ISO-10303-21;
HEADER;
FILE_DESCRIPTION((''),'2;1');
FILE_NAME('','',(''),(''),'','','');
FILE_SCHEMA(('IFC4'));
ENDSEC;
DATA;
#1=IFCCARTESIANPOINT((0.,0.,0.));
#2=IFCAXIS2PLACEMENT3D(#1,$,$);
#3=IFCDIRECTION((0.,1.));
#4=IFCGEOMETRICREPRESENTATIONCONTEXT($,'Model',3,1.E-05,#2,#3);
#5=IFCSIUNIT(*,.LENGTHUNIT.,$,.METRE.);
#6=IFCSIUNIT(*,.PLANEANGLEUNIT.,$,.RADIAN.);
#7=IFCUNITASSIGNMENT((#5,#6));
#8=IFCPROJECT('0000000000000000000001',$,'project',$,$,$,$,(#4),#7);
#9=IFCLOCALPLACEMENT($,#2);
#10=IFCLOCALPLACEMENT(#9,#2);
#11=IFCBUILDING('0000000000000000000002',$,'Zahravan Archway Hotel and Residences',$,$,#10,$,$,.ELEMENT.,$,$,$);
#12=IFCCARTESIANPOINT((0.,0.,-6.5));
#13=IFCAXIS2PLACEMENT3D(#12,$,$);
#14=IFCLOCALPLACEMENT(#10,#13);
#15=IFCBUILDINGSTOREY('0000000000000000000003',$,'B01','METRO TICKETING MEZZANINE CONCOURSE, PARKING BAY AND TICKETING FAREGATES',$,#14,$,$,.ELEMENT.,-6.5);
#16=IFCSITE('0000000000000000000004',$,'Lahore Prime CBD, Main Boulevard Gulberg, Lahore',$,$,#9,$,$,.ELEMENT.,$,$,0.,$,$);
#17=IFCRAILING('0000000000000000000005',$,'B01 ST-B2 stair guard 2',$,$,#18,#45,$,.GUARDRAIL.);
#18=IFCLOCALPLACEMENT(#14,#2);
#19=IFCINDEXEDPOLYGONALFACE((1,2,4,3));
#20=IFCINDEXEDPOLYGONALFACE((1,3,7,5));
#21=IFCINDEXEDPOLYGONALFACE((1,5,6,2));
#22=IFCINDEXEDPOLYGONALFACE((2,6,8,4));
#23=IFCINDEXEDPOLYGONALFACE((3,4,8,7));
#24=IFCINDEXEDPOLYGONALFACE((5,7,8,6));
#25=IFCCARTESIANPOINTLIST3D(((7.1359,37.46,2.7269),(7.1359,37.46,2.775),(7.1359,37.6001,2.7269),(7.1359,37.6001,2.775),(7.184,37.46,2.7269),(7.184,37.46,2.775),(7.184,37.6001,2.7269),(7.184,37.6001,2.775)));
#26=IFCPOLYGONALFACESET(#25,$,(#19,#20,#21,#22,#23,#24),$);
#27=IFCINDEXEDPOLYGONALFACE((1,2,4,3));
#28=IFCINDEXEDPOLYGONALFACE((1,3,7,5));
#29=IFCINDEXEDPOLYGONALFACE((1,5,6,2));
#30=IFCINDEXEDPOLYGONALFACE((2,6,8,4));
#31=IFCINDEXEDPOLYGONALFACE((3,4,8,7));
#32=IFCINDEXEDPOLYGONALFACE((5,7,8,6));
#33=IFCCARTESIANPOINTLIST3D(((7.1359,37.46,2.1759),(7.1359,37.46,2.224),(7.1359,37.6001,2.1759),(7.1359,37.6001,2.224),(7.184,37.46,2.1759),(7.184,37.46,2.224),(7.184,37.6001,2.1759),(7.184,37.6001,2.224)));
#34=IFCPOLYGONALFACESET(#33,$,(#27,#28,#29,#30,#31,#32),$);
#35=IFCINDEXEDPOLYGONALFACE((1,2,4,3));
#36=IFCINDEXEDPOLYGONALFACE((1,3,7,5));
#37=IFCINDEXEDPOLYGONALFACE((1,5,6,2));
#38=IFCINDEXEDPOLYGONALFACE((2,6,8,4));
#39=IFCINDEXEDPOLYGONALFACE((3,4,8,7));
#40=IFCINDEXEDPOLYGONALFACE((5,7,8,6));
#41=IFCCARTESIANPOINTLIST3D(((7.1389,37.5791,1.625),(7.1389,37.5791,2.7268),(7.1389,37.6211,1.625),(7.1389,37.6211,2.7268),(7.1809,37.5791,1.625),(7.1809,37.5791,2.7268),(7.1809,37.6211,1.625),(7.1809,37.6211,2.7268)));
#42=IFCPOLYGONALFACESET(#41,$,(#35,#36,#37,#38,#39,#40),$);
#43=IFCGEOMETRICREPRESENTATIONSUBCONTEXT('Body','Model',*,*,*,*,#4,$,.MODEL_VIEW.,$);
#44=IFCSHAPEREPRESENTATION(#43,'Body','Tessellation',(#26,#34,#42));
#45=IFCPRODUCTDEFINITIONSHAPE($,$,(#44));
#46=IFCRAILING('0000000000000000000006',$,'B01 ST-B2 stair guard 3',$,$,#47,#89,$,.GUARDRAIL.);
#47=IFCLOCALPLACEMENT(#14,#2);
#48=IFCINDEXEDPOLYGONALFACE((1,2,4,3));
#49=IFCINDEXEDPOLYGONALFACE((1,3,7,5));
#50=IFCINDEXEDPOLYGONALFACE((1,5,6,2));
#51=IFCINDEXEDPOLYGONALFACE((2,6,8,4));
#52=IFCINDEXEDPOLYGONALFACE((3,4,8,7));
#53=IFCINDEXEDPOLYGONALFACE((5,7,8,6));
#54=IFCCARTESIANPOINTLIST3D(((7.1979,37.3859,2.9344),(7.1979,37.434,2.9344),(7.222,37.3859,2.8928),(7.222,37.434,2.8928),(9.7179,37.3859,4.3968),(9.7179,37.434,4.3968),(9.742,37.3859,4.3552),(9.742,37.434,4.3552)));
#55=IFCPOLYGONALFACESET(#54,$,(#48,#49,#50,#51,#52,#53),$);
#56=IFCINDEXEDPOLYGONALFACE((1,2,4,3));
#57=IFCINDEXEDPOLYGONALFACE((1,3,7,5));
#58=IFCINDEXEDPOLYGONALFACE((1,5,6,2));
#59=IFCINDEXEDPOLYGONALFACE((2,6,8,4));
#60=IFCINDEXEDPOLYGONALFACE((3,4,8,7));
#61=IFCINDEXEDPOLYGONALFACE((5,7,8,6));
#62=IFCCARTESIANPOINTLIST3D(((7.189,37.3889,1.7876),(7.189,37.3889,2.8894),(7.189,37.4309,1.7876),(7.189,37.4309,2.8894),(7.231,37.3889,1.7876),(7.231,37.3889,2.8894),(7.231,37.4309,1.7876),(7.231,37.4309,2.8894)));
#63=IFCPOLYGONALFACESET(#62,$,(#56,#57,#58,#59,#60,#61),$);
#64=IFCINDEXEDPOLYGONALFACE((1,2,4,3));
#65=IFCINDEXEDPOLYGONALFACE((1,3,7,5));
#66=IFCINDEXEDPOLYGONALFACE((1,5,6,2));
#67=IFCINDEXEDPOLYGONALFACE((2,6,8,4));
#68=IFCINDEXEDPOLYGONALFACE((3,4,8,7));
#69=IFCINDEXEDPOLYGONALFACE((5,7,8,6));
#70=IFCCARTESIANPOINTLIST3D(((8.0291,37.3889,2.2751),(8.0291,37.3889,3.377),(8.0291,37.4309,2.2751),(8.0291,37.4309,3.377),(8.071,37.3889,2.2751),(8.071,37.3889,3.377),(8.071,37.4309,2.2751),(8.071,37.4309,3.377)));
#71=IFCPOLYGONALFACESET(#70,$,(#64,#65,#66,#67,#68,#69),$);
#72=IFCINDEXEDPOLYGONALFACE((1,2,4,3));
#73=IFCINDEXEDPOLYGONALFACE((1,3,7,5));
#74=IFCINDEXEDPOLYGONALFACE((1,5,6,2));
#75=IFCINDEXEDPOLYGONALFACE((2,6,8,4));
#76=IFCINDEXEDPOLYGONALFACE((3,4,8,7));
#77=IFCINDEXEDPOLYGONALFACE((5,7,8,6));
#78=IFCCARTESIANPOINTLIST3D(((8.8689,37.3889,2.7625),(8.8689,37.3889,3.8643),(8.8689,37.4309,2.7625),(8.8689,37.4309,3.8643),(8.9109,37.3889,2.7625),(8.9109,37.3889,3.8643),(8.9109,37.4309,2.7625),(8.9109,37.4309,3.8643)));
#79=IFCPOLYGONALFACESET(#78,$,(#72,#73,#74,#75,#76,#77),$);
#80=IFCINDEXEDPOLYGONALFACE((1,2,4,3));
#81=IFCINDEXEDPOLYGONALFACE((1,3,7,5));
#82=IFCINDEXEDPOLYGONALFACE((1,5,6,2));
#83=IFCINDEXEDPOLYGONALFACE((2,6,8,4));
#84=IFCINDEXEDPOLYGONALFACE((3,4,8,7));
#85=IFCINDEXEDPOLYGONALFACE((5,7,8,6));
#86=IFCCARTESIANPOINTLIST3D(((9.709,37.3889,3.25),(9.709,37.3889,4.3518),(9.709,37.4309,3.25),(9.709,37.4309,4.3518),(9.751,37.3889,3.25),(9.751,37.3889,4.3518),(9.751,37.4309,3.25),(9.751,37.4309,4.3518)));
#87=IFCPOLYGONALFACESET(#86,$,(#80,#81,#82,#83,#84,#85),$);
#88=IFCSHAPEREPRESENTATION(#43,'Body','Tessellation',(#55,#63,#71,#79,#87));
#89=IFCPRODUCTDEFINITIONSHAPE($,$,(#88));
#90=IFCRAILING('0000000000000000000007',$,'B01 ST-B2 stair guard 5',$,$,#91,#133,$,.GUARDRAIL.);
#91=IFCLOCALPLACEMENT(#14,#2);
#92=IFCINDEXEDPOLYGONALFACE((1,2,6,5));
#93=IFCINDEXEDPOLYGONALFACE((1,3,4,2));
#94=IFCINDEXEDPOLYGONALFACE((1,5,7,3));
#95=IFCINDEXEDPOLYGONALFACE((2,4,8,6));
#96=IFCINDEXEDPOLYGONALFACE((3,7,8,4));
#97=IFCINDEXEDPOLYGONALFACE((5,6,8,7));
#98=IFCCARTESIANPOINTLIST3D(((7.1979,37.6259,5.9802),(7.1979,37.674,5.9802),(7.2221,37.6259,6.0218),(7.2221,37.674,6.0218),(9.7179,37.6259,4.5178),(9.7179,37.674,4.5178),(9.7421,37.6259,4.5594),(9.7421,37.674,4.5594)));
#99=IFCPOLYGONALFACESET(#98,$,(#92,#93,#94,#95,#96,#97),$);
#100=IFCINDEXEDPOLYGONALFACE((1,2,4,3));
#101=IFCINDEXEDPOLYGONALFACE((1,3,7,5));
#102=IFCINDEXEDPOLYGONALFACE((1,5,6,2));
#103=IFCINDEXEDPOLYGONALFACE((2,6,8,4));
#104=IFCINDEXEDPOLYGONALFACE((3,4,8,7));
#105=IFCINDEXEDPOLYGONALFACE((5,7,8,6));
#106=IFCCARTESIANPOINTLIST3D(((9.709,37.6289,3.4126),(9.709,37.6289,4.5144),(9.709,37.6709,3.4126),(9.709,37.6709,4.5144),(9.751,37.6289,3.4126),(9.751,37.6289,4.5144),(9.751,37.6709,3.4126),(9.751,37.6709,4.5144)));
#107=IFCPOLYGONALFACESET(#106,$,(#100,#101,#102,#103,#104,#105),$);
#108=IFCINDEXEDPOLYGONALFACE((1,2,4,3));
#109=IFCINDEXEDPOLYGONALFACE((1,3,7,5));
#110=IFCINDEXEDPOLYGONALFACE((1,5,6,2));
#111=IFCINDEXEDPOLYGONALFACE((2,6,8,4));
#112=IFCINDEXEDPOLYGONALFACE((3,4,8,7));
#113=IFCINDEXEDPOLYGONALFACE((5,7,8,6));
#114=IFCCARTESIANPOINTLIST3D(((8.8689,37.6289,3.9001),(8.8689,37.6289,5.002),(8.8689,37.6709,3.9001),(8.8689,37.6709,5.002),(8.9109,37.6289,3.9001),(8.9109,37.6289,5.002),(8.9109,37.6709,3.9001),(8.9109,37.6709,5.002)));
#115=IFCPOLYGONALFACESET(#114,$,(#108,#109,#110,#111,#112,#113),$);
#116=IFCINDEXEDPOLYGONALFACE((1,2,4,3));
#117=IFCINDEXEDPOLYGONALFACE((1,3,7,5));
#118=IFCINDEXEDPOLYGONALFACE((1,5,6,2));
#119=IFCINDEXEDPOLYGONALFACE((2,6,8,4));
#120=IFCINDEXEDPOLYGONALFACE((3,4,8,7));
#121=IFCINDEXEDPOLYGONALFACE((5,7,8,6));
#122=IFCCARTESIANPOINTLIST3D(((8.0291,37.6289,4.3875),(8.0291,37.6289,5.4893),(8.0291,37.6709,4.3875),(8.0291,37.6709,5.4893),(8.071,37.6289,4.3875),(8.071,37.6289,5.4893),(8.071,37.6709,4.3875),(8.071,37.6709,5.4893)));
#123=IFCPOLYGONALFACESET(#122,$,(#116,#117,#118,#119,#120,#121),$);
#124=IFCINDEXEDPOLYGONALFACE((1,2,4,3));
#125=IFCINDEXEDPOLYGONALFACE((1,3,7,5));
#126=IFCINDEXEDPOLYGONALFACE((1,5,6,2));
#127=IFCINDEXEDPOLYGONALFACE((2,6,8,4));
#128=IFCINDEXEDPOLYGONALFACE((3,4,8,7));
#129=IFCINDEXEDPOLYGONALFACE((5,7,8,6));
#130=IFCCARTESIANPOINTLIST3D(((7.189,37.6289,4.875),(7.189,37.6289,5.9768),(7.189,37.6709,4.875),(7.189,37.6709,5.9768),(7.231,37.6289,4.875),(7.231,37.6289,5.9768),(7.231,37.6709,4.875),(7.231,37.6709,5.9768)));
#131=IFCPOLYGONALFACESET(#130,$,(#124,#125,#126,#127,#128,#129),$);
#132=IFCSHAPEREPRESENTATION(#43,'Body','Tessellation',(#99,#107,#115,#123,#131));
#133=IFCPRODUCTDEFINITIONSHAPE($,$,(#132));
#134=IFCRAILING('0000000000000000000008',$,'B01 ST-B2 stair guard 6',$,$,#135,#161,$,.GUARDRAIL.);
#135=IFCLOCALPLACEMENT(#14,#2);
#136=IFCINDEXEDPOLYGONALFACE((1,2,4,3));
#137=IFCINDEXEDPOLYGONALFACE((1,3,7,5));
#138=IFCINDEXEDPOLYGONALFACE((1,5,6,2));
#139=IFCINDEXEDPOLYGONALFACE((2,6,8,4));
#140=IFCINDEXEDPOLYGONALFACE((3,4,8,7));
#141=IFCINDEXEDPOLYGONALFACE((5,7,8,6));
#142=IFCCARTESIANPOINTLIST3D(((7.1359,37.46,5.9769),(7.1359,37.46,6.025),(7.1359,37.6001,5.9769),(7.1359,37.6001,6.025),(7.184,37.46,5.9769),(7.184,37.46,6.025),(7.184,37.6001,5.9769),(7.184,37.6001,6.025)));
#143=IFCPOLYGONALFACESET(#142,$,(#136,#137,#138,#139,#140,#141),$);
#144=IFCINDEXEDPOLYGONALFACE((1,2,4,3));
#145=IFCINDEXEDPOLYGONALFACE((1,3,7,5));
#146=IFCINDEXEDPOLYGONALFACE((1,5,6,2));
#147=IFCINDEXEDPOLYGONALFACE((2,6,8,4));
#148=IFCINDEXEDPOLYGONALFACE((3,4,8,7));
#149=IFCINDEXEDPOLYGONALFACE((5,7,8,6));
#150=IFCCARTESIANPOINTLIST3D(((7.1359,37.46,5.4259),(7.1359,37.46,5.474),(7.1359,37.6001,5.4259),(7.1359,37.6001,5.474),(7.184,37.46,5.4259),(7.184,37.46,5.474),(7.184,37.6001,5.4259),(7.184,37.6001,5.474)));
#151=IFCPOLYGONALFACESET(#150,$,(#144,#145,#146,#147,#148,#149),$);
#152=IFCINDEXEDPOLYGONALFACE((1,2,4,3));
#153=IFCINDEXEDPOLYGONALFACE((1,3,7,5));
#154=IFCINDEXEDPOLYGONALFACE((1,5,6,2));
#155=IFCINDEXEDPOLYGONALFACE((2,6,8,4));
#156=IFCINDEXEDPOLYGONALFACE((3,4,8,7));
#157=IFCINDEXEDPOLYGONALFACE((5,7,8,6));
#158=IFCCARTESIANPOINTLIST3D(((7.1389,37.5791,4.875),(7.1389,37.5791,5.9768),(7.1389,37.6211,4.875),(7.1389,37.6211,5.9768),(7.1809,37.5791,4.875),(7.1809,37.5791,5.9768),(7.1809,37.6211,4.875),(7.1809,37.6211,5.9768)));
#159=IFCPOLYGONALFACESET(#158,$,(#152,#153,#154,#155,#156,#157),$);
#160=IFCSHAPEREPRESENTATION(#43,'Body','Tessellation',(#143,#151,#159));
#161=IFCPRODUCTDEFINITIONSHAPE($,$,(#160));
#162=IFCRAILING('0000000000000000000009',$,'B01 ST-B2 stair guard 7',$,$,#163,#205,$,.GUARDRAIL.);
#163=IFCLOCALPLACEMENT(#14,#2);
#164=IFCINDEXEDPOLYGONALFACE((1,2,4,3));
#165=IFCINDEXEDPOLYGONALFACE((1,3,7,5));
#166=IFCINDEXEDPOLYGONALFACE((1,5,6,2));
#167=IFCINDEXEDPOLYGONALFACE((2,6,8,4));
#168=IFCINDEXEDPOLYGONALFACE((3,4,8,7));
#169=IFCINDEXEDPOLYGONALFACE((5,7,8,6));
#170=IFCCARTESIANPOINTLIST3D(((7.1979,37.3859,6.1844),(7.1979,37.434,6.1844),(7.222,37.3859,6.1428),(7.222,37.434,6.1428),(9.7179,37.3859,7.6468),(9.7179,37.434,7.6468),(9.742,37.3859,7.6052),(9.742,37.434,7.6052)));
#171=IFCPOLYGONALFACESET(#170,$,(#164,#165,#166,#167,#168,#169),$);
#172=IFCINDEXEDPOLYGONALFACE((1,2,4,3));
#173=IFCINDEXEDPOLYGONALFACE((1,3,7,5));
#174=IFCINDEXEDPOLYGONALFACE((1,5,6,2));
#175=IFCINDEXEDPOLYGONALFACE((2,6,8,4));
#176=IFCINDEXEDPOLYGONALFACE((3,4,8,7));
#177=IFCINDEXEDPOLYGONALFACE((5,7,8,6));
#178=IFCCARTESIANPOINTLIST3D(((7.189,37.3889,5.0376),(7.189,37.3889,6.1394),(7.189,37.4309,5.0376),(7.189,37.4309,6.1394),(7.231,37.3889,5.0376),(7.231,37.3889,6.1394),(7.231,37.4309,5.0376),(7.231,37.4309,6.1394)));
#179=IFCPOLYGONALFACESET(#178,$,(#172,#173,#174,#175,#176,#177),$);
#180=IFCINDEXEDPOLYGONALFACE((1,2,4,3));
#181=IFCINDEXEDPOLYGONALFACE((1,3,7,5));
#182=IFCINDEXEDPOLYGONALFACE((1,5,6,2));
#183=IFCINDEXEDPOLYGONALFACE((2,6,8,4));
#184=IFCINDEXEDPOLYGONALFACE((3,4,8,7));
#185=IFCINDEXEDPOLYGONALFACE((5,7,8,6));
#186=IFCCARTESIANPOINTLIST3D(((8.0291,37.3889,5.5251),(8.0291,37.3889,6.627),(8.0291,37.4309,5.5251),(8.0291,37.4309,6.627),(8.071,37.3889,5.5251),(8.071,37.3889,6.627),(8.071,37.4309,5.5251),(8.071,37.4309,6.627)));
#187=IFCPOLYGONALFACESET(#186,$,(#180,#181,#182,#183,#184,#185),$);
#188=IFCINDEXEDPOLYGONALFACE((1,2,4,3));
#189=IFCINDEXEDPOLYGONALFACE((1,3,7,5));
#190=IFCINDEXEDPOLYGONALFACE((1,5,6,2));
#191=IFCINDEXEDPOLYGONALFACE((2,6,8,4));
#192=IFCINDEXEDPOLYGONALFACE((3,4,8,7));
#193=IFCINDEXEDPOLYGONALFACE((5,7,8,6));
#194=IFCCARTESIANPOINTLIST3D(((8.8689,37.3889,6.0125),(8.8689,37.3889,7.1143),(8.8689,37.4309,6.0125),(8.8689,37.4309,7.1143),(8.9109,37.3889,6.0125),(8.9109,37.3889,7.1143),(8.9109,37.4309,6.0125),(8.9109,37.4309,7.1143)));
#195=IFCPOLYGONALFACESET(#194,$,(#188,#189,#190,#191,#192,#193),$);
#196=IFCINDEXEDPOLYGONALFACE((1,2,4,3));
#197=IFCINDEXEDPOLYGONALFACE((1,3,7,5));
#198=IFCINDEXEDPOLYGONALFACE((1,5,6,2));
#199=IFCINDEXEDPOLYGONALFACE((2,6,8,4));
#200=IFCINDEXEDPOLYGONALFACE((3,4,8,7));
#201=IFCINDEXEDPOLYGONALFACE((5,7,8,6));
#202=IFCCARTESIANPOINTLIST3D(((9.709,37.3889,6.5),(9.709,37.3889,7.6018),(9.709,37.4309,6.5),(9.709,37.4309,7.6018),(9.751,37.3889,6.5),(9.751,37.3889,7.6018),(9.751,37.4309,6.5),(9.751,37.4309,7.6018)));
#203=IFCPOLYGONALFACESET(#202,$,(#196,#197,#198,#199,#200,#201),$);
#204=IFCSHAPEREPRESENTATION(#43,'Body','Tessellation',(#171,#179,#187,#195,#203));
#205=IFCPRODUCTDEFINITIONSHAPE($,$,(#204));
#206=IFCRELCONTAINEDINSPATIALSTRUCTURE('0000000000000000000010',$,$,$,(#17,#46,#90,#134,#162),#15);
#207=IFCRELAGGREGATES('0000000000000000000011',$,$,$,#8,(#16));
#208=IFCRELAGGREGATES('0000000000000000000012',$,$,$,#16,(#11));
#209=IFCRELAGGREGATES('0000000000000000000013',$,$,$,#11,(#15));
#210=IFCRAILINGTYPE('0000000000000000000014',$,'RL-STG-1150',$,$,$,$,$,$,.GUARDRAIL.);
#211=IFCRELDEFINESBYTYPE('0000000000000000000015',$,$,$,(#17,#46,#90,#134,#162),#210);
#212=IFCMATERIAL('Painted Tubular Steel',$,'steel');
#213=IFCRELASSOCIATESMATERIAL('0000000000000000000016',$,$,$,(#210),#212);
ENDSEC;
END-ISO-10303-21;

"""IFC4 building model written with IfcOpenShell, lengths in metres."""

from ifc_helpers import new_model, si_unit, direction, frame, origin, origin_2d, place, context, subcontext, project, spatial, rectangle, extrude, material, type_object, element, save


model = new_model("IFC4")

# Units and contexts
model_context = context("Model", 3, precision=1e-05, world=origin(), true_north=direction((0.0, 1.0)))
body_context = subcontext(model_context, "Body", "Model", "MODEL_VIEW")
ifc_project = project(units=[si_unit("LENGTHUNIT", "METRE"), si_unit("PLANEANGLEUNIT", "RADIAN")], contexts=[model_context])

# Site, building, storey
site_placement = place(None, origin())
site = spatial("IfcSite", under=ifc_project, at=site_placement, Name="Lahore Prime CBD, Main Boulevard Gulberg, Lahore", CompositionType="ELEMENT", RefElevation=0.0)
building_placement = place(site_placement, origin())
building = spatial("IfcBuilding", under=site, at=building_placement, Name="Zahravan Archway Hotel and Residences", CompositionType="ELEMENT")
storey_placement = place(building_placement, frame((0.0, 0.0, -6.5)))
storey = spatial("IfcBuildingStorey", under=building, at=storey_placement, Name="B01", Description="METRO TICKETING MEZZANINE CONCOURSE, PARKING BAY AND TICKETING FAREGATES", CompositionType="ELEMENT", Elevation=-6.5)

# Railings
ifc_material_1 = material(Name="Painted Tubular Steel", Category="steel")
railing_type_1 = type_object("IfcRailingType", Name="RL-STG-1150", PredefinedType="GUARDRAIL", material=ifc_material_1)
railing_1_placement = place(storey_placement, frame((7.1599, 37.6001, 1.625)))
element("IfcRailing", 1, at=railing_1_placement, inside=storey, type_object=railing_type_1, Name="B01 ST-B2 stair guard 2", PredefinedType="GUARDRAIL", context=body_context, shape_type="SweptSolid", body=[
    extrude(rectangle(XDim=0.0481, YDim=0.0481, at=origin_2d()), frame((0.0, 0.0, 1.126), z_axis=(0.0, -1.0, 0.0), x_axis=(1.0, 0.0, 0.0)), (0.0, 0.0, 1.0), 0.1401),
    extrude(rectangle(XDim=0.0481, YDim=0.0481, at=origin_2d()), frame((0.0, 0.0, 0.575), z_axis=(0.0, -1.0, 0.0), x_axis=(1.0, 0.0, 0.0)), (0.0, 0.0, 1.0), 0.1401),
    extrude(rectangle(XDim=0.042, YDim=0.042, at=origin_2d()), origin(), (0.0, 0.0, 1.0), 1.1018),
])
railing_2_placement = place(storey_placement, frame((7.21, 37.4099, 1.7876)))
element("IfcRailing", 2, at=railing_2_placement, inside=storey, type_object=railing_type_1, Name="B01 ST-B2 stair guard 3", PredefinedType="GUARDRAIL", context=body_context, shape_type="SweptSolid", body=[
    extrude(rectangle(XDim=0.0481, YDim=0.0481, at=origin_2d()), frame((0.0, 0.0, 1.126), z_axis=(0.864913, 0.0, 0.501921), x_axis=(0.0, 1.0, 0.0)), (0.0, 0.0, 1.0), 2.9136),
    extrude(rectangle(XDim=0.042, YDim=0.042, at=origin_2d()), origin(), (0.0, 0.0, 1.0), 1.1018),
    extrude(rectangle(XDim=0.042, YDim=0.042, at=origin_2d()), frame((0.8401, 0.0, 0.4875)), (0.0, 0.0, 1.0), 1.1018),
    extrude(rectangle(XDim=0.042, YDim=0.042, at=origin_2d()), frame((1.6799, 0.0, 0.9749)), (0.0, 0.0, 1.0), 1.1018),
    extrude(rectangle(XDim=0.042, YDim=0.042, at=origin_2d()), frame((2.52, 0.0, 1.4624)), (0.0, 0.0, 1.0), 1.1018),
])
railing_3_placement = place(storey_placement, frame((9.73, 37.6499, 3.4126)))
element("IfcRailing", 3, at=railing_3_placement, inside=storey, type_object=railing_type_1, Name="B01 ST-B2 stair guard 5", PredefinedType="GUARDRAIL", context=body_context, shape_type="SweptSolid", body=[
    extrude(rectangle(XDim=0.0481, YDim=0.0481, at=origin_2d()), frame((0.0, 0.0, 1.126), z_axis=(-0.864913, 0.0, 0.501921), x_axis=(0.0, -1.0, 0.0)), (0.0, 0.0, 1.0), 2.9136),
    extrude(rectangle(XDim=0.042, YDim=0.042, at=origin_2d()), origin(), (0.0, 0.0, 1.0), 1.1018),
    extrude(rectangle(XDim=0.042, YDim=0.042, at=origin_2d()), frame((-0.8401, 0.0, 0.4875)), (0.0, 0.0, 1.0), 1.1018),
    extrude(rectangle(XDim=0.042, YDim=0.042, at=origin_2d()), frame((-1.6799, 0.0, 0.9749)), (0.0, 0.0, 1.0), 1.1018),
    extrude(rectangle(XDim=0.042, YDim=0.042, at=origin_2d()), frame((-2.52, 0.0, 1.4624)), (0.0, 0.0, 1.0), 1.1018),
])
railing_4_placement = place(storey_placement, frame((7.1599, 37.6001, 4.875)))
element("IfcRailing", 4, at=railing_4_placement, inside=storey, type_object=railing_type_1, Name="B01 ST-B2 stair guard 6", PredefinedType="GUARDRAIL", context=body_context, shape_type="SweptSolid", body=[
    extrude(rectangle(XDim=0.0481, YDim=0.0481, at=origin_2d()), frame((0.0, 0.0, 1.126), z_axis=(0.0, -1.0, 0.0), x_axis=(1.0, 0.0, 0.0)), (0.0, 0.0, 1.0), 0.1401),
    extrude(rectangle(XDim=0.0481, YDim=0.0481, at=origin_2d()), frame((0.0, 0.0, 0.575), z_axis=(0.0, -1.0, 0.0), x_axis=(1.0, 0.0, 0.0)), (0.0, 0.0, 1.0), 0.1401),
    extrude(rectangle(XDim=0.042, YDim=0.042, at=origin_2d()), origin(), (0.0, 0.0, 1.0), 1.1018),
])
railing_5_placement = place(storey_placement, frame((7.21, 37.4099, 5.0376)))
element("IfcRailing", 5, at=railing_5_placement, inside=storey, type_object=railing_type_1, Name="B01 ST-B2 stair guard 7", PredefinedType="GUARDRAIL", context=body_context, shape_type="SweptSolid", body=[
    extrude(rectangle(XDim=0.0481, YDim=0.0481, at=origin_2d()), frame((0.0, 0.0, 1.126), z_axis=(0.864913, 0.0, 0.501921), x_axis=(0.0, 1.0, 0.0)), (0.0, 0.0, 1.0), 2.9136),
    extrude(rectangle(XDim=0.042, YDim=0.042, at=origin_2d()), origin(), (0.0, 0.0, 1.0), 1.1018),
    extrude(rectangle(XDim=0.042, YDim=0.042, at=origin_2d()), frame((0.8401, 0.0, 0.4875)), (0.0, 0.0, 1.0), 1.1018),
    extrude(rectangle(XDim=0.042, YDim=0.042, at=origin_2d()), frame((1.6799, 0.0, 0.9749)), (0.0, 0.0, 1.0), 1.1018),
    extrude(rectangle(XDim=0.042, YDim=0.042, at=origin_2d()), frame((2.52, 0.0, 1.4624)), (0.0, 0.0, 1.0), 1.1018),
])

save(model, "model.ifc")
